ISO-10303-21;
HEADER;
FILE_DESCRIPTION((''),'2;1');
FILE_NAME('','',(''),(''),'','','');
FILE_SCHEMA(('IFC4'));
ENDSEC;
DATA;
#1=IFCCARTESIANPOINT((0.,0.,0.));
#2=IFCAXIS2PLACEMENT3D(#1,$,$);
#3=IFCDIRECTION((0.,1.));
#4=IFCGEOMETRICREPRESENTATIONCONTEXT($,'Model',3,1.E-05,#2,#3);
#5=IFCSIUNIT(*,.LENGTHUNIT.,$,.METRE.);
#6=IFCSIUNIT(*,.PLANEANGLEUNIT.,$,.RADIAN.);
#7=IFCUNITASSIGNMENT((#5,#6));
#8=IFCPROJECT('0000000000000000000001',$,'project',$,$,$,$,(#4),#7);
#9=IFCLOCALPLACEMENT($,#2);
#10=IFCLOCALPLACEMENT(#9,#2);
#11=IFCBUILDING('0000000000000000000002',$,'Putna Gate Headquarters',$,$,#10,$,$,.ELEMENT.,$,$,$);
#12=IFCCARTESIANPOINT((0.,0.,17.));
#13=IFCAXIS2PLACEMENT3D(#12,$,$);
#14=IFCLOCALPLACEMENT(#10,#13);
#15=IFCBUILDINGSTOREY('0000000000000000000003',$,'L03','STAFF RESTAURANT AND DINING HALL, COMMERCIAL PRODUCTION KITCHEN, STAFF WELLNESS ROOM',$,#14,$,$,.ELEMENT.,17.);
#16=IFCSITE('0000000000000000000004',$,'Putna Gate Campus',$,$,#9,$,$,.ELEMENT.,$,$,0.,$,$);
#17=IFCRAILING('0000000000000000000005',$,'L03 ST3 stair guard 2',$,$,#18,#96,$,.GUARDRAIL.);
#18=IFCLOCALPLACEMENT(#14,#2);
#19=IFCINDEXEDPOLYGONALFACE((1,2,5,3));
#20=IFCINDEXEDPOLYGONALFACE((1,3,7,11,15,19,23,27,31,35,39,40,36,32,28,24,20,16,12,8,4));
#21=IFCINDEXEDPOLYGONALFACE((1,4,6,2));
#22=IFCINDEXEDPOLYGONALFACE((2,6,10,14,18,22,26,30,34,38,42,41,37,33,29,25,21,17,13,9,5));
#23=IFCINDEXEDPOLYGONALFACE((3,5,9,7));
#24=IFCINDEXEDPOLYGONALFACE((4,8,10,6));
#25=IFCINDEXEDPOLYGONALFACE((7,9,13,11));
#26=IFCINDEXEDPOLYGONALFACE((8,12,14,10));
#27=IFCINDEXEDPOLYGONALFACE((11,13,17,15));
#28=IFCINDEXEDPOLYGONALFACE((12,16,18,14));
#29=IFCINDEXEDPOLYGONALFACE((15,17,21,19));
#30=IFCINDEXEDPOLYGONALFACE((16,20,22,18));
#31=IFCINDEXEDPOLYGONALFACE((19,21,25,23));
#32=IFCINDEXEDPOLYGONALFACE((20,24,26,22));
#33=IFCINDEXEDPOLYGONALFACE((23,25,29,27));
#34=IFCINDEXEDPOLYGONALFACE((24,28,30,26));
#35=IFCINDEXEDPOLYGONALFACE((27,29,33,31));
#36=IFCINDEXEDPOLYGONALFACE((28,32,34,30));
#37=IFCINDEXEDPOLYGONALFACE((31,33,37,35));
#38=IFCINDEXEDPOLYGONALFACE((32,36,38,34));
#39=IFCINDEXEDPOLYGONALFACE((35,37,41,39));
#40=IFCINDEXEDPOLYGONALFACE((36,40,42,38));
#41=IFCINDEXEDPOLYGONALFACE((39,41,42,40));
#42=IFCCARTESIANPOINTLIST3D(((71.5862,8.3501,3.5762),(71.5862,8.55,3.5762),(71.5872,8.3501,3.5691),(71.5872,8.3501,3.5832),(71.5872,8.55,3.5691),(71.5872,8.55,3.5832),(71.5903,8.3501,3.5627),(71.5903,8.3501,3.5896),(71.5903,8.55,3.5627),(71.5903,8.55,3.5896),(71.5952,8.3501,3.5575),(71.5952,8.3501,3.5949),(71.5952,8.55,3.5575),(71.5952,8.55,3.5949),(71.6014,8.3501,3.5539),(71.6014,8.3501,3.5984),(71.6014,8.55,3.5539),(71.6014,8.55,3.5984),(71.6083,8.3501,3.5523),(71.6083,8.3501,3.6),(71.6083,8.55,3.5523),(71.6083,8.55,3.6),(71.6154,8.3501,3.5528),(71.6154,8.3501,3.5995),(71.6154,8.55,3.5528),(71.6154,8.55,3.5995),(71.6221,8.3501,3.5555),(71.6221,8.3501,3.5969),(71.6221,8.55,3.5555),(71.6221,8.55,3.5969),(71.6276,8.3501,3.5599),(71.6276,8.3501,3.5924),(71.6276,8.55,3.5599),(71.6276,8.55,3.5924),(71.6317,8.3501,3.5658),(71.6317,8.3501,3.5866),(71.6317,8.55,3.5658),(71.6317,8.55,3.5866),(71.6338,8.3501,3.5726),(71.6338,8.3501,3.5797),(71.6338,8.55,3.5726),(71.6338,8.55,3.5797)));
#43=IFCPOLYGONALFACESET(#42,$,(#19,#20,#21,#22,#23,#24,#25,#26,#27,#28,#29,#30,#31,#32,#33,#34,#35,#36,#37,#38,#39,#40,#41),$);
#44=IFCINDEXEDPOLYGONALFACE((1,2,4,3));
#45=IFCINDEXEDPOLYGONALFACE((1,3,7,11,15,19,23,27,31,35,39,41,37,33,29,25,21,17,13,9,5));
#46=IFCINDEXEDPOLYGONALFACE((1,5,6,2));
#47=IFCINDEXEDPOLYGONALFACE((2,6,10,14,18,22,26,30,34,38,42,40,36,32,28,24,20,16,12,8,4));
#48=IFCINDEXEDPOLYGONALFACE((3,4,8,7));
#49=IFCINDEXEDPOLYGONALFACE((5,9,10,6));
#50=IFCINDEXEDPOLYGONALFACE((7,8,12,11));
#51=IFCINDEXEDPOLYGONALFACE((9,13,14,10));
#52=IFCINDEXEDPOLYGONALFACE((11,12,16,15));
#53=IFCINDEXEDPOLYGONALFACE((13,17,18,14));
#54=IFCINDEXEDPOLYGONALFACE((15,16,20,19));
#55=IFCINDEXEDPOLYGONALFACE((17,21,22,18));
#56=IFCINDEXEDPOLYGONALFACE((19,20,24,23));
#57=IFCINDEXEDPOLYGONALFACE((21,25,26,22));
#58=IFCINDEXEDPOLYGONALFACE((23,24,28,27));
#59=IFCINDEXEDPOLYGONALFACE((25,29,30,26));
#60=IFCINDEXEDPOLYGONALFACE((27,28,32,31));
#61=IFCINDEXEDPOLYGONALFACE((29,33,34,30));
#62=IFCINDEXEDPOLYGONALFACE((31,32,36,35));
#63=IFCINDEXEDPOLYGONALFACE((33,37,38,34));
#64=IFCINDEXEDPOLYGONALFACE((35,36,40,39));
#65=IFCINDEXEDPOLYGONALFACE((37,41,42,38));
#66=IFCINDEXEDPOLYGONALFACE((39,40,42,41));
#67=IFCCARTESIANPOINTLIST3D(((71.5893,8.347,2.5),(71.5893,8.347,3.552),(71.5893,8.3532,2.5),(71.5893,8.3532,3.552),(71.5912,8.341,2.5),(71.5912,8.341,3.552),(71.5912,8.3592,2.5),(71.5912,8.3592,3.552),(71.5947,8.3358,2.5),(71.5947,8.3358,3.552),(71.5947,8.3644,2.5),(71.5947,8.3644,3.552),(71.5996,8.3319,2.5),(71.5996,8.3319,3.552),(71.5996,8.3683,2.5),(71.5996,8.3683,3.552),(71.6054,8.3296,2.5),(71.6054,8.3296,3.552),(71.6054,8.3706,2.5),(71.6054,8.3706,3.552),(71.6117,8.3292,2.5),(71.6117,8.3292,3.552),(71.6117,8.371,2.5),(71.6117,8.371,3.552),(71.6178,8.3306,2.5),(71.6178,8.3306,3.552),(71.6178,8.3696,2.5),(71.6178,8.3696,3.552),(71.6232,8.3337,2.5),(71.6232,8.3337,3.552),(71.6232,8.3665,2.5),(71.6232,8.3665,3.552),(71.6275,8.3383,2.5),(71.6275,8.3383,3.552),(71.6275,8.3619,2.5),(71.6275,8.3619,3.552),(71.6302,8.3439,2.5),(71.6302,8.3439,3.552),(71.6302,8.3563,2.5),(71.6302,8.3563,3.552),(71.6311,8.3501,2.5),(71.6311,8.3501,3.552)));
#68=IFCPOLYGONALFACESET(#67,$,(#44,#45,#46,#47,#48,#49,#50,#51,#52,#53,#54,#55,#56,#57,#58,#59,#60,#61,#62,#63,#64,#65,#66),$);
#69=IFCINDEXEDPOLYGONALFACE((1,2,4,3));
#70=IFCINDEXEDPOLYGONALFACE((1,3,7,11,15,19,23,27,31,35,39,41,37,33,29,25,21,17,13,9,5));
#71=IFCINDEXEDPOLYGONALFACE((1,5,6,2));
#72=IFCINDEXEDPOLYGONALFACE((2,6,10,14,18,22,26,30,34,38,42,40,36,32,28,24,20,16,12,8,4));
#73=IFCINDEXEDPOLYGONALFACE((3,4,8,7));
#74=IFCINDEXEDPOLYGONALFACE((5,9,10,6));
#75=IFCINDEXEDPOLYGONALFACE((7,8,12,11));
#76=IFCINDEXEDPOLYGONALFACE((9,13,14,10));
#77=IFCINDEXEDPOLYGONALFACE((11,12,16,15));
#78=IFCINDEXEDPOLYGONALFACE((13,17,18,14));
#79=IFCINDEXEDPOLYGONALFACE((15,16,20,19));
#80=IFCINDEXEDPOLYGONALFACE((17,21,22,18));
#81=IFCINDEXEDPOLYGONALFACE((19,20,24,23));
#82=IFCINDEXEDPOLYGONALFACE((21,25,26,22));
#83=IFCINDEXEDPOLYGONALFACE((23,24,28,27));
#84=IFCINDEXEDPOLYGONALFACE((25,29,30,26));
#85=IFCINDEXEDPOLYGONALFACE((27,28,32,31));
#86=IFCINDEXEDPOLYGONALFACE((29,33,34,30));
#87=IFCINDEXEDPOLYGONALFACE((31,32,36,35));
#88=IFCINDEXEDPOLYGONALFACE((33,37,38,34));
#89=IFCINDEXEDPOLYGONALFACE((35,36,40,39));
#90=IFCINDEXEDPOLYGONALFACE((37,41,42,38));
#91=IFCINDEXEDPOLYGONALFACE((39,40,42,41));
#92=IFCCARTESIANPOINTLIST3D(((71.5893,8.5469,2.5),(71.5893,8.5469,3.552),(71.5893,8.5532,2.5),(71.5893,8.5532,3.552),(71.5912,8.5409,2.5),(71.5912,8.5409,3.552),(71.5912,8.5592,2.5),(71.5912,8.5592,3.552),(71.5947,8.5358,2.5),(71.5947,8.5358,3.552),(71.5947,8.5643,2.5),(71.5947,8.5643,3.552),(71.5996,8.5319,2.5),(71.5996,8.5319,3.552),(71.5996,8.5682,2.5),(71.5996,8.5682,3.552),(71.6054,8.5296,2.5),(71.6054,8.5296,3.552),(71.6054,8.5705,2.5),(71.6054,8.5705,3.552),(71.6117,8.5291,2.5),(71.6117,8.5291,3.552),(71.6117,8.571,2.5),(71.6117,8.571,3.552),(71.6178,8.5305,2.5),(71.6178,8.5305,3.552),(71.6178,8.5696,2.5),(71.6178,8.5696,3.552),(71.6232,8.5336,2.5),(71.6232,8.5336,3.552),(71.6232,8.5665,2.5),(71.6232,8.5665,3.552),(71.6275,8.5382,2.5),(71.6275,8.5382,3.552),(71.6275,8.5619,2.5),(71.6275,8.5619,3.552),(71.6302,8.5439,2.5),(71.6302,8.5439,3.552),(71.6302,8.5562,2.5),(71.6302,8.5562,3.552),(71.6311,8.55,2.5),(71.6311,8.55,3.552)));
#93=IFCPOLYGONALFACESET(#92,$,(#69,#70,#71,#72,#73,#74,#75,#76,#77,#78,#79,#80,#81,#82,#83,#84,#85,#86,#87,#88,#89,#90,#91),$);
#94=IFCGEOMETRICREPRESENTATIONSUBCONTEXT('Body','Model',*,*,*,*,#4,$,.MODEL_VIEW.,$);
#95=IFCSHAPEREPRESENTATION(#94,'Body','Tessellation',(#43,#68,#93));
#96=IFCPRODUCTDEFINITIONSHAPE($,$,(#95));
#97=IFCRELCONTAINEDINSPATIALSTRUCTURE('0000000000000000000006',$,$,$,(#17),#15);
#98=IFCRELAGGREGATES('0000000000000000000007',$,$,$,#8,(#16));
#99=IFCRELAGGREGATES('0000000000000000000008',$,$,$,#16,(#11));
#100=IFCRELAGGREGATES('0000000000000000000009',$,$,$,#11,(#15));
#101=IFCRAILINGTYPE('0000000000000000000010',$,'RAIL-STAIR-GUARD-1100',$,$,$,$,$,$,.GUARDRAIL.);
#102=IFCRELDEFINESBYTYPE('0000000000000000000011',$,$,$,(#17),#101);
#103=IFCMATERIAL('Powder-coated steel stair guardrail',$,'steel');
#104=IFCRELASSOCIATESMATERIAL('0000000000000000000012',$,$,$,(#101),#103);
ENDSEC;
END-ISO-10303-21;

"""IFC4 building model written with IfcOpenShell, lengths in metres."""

from ifc_helpers import new_model, si_unit, direction, frame, origin, origin_2d, place, context, subcontext, project, spatial, circle, extrude, material, type_object, element, save


model = new_model("IFC4")

# Units and contexts
model_context = context("Model", 3, precision=1e-05, world=origin(), true_north=direction((0.0, 1.0)))
body_context = subcontext(model_context, "Body", "Model", "MODEL_VIEW")
ifc_project = project(units=[si_unit("LENGTHUNIT", "METRE"), si_unit("PLANEANGLEUNIT", "RADIAN")], contexts=[model_context])

# Site, building, storey
site_placement = place(None, origin())
site = spatial("IfcSite", under=ifc_project, at=site_placement, Name="Putna Gate Campus", CompositionType="ELEMENT", RefElevation=0.0)
building_placement = place(site_placement, origin())
building = spatial("IfcBuilding", under=site, at=building_placement, Name="Putna Gate Headquarters", CompositionType="ELEMENT")
storey_placement = place(building_placement, frame((0.0, 0.0, 17.0)))
storey = spatial("IfcBuildingStorey", under=building, at=storey_placement, Name="L03", Description="STAFF RESTAURANT AND DINING HALL, COMMERCIAL PRODUCTION KITCHEN, STAFF WELLNESS ROOM", CompositionType="ELEMENT", Elevation=17.0)

# Railing
ifc_material_1 = material(Name="Powder-coated steel stair guardrail", Category="steel")
railing_type_1 = type_object("IfcRailingType", Name="RAIL-STAIR-GUARD-1100", PredefinedType="GUARDRAIL", material=ifc_material_1)
railing_1_placement = place(storey_placement, frame((71.6101, 8.3501, 2.5)))
element("IfcRailing", 1, at=railing_1_placement, inside=storey, type_object=railing_type_1, Name="L03 ST3 stair guard 2", PredefinedType="GUARDRAIL", context=body_context, shape_type="SweptSolid", body=[
    extrude(circle(Radius=0.0239, at=origin_2d()), frame((0.0, 0.0, 1.0762), z_axis=(0.0, 1.0, 0.0), x_axis=(-1.0, 0.0, 0.0)), (0.0, 0.0, 1.0), 0.2),
    extrude(circle(Radius=0.021, at=origin_2d()), origin(), (0.0, 0.0, 1.0), 1.052),
    extrude(circle(Radius=0.021, at=origin_2d()), frame((0.0, 0.2, 0.0)), (0.0, 0.0, 1.0), 1.052),
])

save(model, "model.ifc")
